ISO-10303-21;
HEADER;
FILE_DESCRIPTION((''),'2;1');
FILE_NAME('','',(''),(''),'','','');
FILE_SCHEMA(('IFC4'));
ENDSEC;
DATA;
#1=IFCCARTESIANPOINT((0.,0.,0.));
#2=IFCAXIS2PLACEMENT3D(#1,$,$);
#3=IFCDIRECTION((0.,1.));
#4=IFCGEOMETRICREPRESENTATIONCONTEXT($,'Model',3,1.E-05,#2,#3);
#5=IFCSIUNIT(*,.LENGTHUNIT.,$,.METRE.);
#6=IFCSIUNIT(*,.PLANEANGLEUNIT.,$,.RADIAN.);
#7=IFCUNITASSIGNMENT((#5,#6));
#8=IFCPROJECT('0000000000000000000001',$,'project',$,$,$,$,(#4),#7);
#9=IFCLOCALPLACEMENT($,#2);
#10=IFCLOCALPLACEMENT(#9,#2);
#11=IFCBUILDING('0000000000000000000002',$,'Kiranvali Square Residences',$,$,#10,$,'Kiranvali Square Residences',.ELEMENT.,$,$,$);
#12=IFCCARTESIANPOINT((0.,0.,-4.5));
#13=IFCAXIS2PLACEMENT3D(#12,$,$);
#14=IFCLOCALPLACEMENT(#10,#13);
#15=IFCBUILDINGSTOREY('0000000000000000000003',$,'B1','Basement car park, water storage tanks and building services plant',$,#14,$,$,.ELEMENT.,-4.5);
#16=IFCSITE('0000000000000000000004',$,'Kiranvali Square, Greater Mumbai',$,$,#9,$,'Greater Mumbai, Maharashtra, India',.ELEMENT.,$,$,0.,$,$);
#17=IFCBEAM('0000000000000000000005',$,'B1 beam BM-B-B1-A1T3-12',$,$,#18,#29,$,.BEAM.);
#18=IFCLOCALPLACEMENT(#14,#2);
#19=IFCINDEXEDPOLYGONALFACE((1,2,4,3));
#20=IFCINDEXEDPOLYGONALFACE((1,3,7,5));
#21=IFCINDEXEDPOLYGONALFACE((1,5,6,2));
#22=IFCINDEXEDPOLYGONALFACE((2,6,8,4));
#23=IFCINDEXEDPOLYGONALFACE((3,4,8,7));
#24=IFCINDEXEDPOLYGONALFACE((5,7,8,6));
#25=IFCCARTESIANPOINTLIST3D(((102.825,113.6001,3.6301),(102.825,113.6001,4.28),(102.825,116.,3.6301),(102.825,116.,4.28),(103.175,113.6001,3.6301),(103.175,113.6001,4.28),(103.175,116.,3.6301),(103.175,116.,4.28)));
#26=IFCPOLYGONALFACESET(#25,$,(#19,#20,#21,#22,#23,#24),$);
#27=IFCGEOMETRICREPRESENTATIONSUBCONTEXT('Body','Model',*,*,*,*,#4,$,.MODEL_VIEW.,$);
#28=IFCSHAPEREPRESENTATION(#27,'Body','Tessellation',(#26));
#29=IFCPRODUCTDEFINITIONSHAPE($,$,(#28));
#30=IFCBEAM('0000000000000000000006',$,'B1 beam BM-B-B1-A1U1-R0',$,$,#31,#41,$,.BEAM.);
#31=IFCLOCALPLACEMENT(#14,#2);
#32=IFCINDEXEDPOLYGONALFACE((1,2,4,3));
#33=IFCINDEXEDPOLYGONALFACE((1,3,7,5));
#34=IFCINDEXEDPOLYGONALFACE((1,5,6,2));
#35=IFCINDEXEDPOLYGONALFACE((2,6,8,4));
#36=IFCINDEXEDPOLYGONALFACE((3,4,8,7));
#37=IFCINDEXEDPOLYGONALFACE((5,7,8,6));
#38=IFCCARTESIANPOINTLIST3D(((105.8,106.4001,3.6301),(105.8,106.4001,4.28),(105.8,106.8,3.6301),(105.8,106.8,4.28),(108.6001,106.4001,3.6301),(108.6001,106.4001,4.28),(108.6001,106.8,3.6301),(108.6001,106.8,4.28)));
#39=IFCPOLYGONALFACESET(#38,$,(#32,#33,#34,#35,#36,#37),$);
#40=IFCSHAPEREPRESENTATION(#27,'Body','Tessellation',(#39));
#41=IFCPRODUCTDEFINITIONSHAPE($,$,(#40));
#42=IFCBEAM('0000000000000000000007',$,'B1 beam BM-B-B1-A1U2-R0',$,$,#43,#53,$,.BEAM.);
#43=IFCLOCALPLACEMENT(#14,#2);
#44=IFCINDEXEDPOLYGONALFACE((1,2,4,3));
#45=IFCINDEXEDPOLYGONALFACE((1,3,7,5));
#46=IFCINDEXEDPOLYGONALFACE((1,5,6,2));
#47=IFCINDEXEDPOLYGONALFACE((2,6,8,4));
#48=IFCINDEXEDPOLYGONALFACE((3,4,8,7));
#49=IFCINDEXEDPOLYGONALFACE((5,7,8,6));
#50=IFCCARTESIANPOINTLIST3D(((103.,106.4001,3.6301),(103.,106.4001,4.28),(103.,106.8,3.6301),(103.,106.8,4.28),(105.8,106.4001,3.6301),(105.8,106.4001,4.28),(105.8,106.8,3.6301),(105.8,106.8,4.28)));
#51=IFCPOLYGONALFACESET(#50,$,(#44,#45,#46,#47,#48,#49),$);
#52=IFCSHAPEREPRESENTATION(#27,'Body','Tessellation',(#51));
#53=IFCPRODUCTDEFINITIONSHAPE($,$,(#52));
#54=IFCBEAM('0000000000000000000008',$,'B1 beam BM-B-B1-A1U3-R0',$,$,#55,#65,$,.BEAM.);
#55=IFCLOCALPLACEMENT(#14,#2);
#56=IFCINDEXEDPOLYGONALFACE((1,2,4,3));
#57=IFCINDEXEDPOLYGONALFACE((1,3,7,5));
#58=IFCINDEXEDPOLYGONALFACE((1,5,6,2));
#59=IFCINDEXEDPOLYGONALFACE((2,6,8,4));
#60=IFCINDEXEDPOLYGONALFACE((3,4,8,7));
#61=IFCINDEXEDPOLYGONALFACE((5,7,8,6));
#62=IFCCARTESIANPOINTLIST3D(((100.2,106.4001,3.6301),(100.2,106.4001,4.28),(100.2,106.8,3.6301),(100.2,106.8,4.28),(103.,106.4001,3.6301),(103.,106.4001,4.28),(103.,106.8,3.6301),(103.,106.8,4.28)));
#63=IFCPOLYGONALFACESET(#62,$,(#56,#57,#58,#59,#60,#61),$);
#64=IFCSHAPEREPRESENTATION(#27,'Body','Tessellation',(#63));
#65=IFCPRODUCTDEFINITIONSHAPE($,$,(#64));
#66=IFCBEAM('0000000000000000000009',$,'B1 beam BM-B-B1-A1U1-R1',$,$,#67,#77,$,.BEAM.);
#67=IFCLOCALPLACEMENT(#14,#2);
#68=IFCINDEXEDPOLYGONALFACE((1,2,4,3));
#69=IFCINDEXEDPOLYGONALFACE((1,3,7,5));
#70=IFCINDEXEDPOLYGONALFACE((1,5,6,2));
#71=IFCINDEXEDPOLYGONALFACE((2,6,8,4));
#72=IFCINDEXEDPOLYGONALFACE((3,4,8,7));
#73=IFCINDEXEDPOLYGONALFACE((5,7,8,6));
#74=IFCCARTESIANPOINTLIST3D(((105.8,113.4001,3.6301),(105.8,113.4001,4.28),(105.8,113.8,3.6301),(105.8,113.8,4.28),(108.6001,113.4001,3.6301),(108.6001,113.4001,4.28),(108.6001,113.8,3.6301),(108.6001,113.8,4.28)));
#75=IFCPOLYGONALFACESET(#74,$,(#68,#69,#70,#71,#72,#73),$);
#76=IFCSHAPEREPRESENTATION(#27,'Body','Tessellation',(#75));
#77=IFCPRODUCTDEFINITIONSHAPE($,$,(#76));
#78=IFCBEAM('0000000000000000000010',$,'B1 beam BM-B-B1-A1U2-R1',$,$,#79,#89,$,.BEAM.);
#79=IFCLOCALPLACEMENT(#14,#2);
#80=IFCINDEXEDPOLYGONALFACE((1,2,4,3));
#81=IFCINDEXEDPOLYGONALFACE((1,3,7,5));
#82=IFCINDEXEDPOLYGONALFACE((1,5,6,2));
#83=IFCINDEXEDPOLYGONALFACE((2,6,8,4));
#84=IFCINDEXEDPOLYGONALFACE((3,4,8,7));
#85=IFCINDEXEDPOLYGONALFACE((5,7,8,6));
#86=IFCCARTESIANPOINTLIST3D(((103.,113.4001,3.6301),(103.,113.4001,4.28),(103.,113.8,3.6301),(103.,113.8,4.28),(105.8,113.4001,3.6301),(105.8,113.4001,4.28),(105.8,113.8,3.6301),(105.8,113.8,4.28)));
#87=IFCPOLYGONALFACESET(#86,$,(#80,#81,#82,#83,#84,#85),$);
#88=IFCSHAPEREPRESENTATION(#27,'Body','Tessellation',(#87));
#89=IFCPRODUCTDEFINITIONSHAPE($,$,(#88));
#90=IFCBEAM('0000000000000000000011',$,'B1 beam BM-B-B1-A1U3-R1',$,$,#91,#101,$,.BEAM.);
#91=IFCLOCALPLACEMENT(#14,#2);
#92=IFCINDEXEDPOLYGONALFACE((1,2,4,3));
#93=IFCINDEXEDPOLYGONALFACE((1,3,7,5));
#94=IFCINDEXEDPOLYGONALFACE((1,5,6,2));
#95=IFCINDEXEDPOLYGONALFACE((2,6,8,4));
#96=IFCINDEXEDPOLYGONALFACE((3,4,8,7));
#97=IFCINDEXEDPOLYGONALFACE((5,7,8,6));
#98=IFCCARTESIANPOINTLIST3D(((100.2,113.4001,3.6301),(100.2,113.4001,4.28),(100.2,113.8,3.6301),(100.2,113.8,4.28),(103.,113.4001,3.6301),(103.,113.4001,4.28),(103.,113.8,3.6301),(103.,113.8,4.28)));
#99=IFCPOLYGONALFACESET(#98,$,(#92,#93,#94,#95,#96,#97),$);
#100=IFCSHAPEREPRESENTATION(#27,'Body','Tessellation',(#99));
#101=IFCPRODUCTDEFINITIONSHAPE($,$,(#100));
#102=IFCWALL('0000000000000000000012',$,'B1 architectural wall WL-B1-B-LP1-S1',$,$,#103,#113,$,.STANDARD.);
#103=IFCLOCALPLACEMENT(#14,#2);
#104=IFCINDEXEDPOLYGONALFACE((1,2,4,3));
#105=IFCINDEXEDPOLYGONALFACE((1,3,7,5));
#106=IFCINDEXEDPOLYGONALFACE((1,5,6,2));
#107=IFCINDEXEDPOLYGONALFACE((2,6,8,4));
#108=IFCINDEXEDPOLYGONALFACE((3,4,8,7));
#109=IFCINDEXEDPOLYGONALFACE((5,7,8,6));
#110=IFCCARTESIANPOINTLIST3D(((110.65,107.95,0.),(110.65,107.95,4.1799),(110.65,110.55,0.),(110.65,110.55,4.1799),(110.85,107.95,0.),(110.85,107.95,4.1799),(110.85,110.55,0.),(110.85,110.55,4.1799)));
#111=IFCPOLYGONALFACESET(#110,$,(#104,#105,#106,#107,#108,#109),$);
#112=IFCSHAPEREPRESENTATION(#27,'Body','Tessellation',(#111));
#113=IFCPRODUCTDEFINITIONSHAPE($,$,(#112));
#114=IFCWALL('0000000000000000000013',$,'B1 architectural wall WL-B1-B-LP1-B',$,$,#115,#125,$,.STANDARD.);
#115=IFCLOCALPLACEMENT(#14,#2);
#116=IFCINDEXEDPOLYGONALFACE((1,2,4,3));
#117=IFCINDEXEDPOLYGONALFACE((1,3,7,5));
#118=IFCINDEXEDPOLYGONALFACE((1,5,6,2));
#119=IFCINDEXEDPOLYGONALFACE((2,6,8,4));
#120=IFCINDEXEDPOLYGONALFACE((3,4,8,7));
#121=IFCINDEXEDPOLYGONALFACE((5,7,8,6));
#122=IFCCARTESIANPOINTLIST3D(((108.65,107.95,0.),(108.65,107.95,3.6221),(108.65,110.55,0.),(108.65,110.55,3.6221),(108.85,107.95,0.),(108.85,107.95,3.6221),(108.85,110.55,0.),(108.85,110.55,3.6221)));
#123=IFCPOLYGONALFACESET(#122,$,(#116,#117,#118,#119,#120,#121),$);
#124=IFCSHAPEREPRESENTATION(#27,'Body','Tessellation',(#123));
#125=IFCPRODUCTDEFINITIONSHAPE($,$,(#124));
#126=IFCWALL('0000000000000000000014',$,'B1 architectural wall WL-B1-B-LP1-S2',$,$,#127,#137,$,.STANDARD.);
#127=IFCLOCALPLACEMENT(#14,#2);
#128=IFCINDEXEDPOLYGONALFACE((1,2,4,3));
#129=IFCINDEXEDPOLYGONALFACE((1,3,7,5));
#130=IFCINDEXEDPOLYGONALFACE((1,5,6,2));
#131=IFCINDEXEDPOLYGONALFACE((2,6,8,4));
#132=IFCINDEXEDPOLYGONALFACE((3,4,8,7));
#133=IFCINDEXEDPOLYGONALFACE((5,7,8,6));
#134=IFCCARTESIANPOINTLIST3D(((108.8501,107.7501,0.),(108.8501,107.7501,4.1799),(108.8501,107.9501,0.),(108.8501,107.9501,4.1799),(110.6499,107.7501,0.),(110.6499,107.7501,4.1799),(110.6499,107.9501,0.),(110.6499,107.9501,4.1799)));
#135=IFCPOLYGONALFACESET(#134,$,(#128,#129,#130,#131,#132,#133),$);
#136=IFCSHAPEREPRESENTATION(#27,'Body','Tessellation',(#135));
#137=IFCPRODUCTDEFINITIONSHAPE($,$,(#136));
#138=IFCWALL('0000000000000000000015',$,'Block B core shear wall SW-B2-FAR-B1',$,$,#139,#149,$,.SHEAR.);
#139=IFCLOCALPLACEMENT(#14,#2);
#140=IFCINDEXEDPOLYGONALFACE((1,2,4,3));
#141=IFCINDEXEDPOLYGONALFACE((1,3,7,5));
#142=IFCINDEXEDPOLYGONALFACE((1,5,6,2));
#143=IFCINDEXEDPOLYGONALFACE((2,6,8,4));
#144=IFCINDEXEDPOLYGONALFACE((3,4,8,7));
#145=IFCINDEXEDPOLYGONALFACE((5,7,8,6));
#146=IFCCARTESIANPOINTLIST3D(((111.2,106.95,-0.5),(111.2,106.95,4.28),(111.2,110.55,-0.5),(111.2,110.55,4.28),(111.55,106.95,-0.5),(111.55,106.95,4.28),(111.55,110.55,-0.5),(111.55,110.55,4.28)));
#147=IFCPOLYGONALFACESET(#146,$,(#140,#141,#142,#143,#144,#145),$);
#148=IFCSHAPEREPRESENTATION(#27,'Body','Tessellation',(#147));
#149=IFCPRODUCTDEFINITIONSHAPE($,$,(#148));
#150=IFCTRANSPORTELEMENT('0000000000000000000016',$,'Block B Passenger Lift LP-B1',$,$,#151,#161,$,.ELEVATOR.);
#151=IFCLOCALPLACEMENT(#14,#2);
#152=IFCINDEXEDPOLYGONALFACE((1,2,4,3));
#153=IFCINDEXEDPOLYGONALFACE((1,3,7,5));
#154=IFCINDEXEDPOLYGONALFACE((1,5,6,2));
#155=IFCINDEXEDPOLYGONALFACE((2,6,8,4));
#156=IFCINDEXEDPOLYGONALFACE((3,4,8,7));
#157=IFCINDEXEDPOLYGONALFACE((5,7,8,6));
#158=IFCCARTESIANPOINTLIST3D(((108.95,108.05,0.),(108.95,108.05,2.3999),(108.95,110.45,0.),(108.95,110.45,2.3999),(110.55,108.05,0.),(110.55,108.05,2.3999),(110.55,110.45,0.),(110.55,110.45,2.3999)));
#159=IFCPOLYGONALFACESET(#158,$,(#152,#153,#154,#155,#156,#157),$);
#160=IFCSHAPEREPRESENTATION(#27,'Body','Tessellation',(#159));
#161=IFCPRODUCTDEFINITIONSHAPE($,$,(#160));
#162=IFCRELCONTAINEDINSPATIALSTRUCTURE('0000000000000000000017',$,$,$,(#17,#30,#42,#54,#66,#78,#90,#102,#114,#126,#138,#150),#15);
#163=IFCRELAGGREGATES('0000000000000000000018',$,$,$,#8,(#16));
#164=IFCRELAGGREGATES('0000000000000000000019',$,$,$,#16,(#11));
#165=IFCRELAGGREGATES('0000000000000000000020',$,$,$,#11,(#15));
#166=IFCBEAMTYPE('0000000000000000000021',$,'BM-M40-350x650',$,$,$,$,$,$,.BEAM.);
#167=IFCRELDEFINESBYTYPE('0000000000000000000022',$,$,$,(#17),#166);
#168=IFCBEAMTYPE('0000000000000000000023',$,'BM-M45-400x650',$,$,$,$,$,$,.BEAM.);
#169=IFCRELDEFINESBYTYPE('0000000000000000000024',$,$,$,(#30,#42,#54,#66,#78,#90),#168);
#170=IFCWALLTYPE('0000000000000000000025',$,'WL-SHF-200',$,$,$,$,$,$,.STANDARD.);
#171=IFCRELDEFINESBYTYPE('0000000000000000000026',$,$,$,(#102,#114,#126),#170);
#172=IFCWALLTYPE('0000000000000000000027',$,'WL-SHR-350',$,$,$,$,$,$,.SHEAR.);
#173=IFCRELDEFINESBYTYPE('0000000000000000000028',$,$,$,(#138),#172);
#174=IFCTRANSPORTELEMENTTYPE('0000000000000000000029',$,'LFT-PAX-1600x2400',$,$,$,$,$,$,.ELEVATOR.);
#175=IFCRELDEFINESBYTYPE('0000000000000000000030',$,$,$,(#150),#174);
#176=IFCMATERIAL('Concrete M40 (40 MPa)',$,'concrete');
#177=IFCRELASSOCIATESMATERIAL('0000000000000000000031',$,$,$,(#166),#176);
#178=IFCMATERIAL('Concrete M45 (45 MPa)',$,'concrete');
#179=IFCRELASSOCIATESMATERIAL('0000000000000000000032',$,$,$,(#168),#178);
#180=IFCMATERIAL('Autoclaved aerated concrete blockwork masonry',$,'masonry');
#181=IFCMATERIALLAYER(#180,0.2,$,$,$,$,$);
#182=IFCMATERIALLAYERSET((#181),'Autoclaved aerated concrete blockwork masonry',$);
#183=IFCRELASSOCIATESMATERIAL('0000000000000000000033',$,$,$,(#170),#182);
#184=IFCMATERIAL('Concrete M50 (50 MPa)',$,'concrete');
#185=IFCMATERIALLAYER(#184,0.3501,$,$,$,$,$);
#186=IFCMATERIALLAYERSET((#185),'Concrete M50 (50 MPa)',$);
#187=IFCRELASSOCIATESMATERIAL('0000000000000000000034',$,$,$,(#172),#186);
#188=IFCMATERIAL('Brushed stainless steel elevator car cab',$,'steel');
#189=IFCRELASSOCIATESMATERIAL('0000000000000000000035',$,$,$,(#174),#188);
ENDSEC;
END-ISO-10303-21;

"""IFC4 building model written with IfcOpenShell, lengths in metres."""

from ifc_helpers import new_model, si_unit, direction, frame, frame_2d, origin, origin_2d, place, context, subcontext, project, spatial, rectangle, extrude, material, layer, layer_set, material_profile, profile_set, type_object, element, save


model = new_model("IFC4")

# Units and contexts
model_context = context("Model", 3, precision=1e-05, world=origin(), true_north=direction((0.0, 1.0)))
body_context = subcontext(model_context, "Body", "Model", "MODEL_VIEW")
ifc_project = project(units=[si_unit("LENGTHUNIT", "METRE"), si_unit("PLANEANGLEUNIT", "RADIAN")], contexts=[model_context])

# Site, building, storey
site_placement = place(None, origin())
site = spatial("IfcSite", under=ifc_project, at=site_placement, Name="Kiranvali Square, Greater Mumbai", LongName="Greater Mumbai, Maharashtra, India", CompositionType="ELEMENT", RefElevation=0.0)
building_placement = place(site_placement, origin())
building = spatial("IfcBuilding", under=site, at=building_placement, Name="Kiranvali Square Residences", LongName="Kiranvali Square Residences", CompositionType="ELEMENT")
storey_placement = place(building_placement, frame((0.0, 0.0, -4.5)))
storey = spatial("IfcBuildingStorey", under=building, at=storey_placement, Name="B1", Description="Basement car park, water storage tanks and building services plant", CompositionType="ELEMENT", Elevation=-4.5)

# Shared definitions
ifc_material_1 = material(Name="Concrete M40 (40 MPa)", Category="concrete")

# Shared definitions
ifc_material_2 = material(Name="Concrete M45 (45 MPa)", Category="concrete")
ifc_material_3 = material(Name="Concrete M50 (50 MPa)", Category="concrete")

# Beams
ifc_material_profile_1 = material_profile(ifc_material_1, rectangle(XDim=0.3501, YDim=0.6499, at=origin_2d()), Name="RC 350x650")
ifc_profile_set_1 = profile_set([ifc_material_profile_1], Name="Concrete M40 (40 MPa)")
beam_type_1 = type_object("IfcBeamType", Name="BM-M40-350x650", PredefinedType="BEAM", material=ifc_profile_set_1)
beam_1_placement = place(storey_placement, frame((103.0, 113.6001, 3.9551), z_axis=(0.0, 1.0, 0.0), x_axis=(-1.0, 0.0, 0.0)))
element("IfcBeam", 1, at=beam_1_placement, inside=storey, type_object=beam_type_1, Name="B1 beam BM-B-B1-A1T3-12", PredefinedType="BEAM", context=body_context, shape_type="SweptSolid", body=[
    extrude(rectangle(XDim=0.3501, YDim=0.6499, at=origin_2d()), origin(), (0.0, 0.0, 1.0), 2.3999),
])
ifc_material_profile_2 = material_profile(ifc_material_2, rectangle(XDim=0.3999, YDim=0.6499, at=origin_2d()), Name="RC 400x650")
ifc_profile_set_2 = profile_set([ifc_material_profile_2], Name="Concrete M45 (45 MPa)")
beam_type_2 = type_object("IfcBeamType", Name="BM-M45-400x650", PredefinedType="BEAM", material=ifc_profile_set_2)
for number, where, z_axis, x_axis, name in (
    (2, (108.6001, 106.6001, 3.9551), (-1.0, 0.0, 0.0), (0.0, -1.0, 0.0), "B1 beam BM-B-B1-A1U1-R0"),
    (3, (105.8, 106.6001, 3.9551), (-1.0, 0.0, 0.0), (0.0, -1.0, 0.0), "B1 beam BM-B-B1-A1U2-R0"),
    (4, (103.0, 106.6001, 3.9551), (-1.0, 0.0, 0.0), (0.0, -1.0, 0.0), "B1 beam BM-B-B1-A1U3-R0"),
    (5, (108.6001, 113.6001, 3.9551), (-1.0, 0.0, 0.0), (0.0, -1.0, 0.0), "B1 beam BM-B-B1-A1U1-R1"),
    (6, (105.8, 113.6001, 3.9551), (-1.0, 0.0, 0.0), (0.0, -1.0, 0.0), "B1 beam BM-B-B1-A1U2-R1"),
    (7, (103.0, 113.6001, 3.9551), (-1.0, 0.0, 0.0), (0.0, -1.0, 0.0), "B1 beam BM-B-B1-A1U3-R1"),
):
    element("IfcBeam", number, at=place(storey_placement, frame(where, z_axis=z_axis, x_axis=x_axis)), inside=storey, type_object=beam_type_2, Name=name, PredefinedType="BEAM", context=body_context, shape_type="SweptSolid", body=[
        extrude(rectangle(XDim=0.3999, YDim=0.6499, at=origin_2d()), origin(), (0.0, 0.0, 1.0), 2.8),
    ])

# Walls
ifc_material_4 = material(Name="Autoclaved aerated concrete blockwork masonry", Category="masonry")
ifc_layer_1 = layer(ifc_material_4, 0.2)
ifc_layer_set_1 = layer_set([ifc_layer_1], Name="Autoclaved aerated concrete blockwork masonry")
wall_type_1 = type_object("IfcWallType", Name="WL-SHF-200", PredefinedType="STANDARD", material=ifc_layer_set_1)
wall_1_placement = place(storey_placement, frame((110.75, 107.95, 0.0), z_axis=(0.0, 0.0, 1.0), x_axis=(0.0, 1.0, 0.0)))
element("IfcWall", 8, at=wall_1_placement, inside=storey, type_object=wall_type_1, Name="B1 architectural wall WL-B1-B-LP1-S1", PredefinedType="STANDARD", context=body_context, shape_type="SweptSolid", body=[
    extrude(rectangle(XDim=2.6001, YDim=0.2, at=frame_2d((1.3, 0.0))), origin(), (0.0, 0.0, 1.0), 4.1799),
])
wall_2_placement = place(storey_placement, frame((108.75, 107.95, 0.0), z_axis=(0.0, 0.0, 1.0), x_axis=(0.0, 1.0, 0.0)))
element("IfcWall", 9, at=wall_2_placement, inside=storey, type_object=wall_type_1, Name="B1 architectural wall WL-B1-B-LP1-B", PredefinedType="STANDARD", context=body_context, shape_type="SweptSolid", body=[
    extrude(rectangle(XDim=2.6001, YDim=0.2, at=frame_2d((1.3, 0.0))), origin(), (0.0, 0.0, 1.0), 3.6221),
])
wall_3_placement = place(storey_placement, frame((110.6499, 107.8501, 0.0), z_axis=(0.0, 0.0, 1.0), x_axis=(-1.0, 0.0, 0.0)))
element("IfcWall", 10, at=wall_3_placement, inside=storey, type_object=wall_type_1, Name="B1 architectural wall WL-B1-B-LP1-S2", PredefinedType="STANDARD", context=body_context, shape_type="SweptSolid", body=[
    extrude(rectangle(XDim=1.7998, YDim=0.2, at=frame_2d((0.8999, 0.0))), origin(), (0.0, 0.0, 1.0), 4.1799),
])

# Wall
ifc_layer_2 = layer(ifc_material_3, 0.3501)
ifc_layer_set_2 = layer_set([ifc_layer_2], Name="Concrete M50 (50 MPa)")
wall_type_2 = type_object("IfcWallType", Name="WL-SHR-350", PredefinedType="SHEAR", material=ifc_layer_set_2)
wall_4_placement = place(storey_placement, frame((111.375, 106.95, -0.5), z_axis=(0.0, 0.0, 1.0), x_axis=(0.0, 1.0, 0.0)))
element("IfcWall", 11, at=wall_4_placement, inside=storey, type_object=wall_type_2, Name="Block B core shear wall SW-B2-FAR-B1", PredefinedType="SHEAR", context=body_context, shape_type="SweptSolid", body=[
    extrude(rectangle(XDim=3.6001, YDim=0.3501, at=frame_2d((1.8, 0.0))), origin(), (0.0, 0.0, 1.0), 4.78),
])

# Transport element
ifc_material_5 = material(Name="Brushed stainless steel elevator car cab", Category="steel")
transport_element_type = type_object("IfcTransportElementType", Name="LFT-PAX-1600x2400", PredefinedType="ELEVATOR", material=ifc_material_5)
transport_element_placement = place(storey_placement, frame((109.75, 109.25, 0.0), z_axis=(0.0, 0.0, 1.0), x_axis=(1.0, 0.0, 0.0)))
element("IfcTransportElement", 12, at=transport_element_placement, inside=storey, type_object=transport_element_type, Name="Block B Passenger Lift LP-B1", PredefinedType="ELEVATOR", context=body_context, shape_type="SweptSolid", body=[
    extrude(rectangle(XDim=1.6001, YDim=2.3999, at=origin_2d()), origin(), (0.0, 0.0, 1.0), 2.3999),
])

save(model, "model.ifc")
